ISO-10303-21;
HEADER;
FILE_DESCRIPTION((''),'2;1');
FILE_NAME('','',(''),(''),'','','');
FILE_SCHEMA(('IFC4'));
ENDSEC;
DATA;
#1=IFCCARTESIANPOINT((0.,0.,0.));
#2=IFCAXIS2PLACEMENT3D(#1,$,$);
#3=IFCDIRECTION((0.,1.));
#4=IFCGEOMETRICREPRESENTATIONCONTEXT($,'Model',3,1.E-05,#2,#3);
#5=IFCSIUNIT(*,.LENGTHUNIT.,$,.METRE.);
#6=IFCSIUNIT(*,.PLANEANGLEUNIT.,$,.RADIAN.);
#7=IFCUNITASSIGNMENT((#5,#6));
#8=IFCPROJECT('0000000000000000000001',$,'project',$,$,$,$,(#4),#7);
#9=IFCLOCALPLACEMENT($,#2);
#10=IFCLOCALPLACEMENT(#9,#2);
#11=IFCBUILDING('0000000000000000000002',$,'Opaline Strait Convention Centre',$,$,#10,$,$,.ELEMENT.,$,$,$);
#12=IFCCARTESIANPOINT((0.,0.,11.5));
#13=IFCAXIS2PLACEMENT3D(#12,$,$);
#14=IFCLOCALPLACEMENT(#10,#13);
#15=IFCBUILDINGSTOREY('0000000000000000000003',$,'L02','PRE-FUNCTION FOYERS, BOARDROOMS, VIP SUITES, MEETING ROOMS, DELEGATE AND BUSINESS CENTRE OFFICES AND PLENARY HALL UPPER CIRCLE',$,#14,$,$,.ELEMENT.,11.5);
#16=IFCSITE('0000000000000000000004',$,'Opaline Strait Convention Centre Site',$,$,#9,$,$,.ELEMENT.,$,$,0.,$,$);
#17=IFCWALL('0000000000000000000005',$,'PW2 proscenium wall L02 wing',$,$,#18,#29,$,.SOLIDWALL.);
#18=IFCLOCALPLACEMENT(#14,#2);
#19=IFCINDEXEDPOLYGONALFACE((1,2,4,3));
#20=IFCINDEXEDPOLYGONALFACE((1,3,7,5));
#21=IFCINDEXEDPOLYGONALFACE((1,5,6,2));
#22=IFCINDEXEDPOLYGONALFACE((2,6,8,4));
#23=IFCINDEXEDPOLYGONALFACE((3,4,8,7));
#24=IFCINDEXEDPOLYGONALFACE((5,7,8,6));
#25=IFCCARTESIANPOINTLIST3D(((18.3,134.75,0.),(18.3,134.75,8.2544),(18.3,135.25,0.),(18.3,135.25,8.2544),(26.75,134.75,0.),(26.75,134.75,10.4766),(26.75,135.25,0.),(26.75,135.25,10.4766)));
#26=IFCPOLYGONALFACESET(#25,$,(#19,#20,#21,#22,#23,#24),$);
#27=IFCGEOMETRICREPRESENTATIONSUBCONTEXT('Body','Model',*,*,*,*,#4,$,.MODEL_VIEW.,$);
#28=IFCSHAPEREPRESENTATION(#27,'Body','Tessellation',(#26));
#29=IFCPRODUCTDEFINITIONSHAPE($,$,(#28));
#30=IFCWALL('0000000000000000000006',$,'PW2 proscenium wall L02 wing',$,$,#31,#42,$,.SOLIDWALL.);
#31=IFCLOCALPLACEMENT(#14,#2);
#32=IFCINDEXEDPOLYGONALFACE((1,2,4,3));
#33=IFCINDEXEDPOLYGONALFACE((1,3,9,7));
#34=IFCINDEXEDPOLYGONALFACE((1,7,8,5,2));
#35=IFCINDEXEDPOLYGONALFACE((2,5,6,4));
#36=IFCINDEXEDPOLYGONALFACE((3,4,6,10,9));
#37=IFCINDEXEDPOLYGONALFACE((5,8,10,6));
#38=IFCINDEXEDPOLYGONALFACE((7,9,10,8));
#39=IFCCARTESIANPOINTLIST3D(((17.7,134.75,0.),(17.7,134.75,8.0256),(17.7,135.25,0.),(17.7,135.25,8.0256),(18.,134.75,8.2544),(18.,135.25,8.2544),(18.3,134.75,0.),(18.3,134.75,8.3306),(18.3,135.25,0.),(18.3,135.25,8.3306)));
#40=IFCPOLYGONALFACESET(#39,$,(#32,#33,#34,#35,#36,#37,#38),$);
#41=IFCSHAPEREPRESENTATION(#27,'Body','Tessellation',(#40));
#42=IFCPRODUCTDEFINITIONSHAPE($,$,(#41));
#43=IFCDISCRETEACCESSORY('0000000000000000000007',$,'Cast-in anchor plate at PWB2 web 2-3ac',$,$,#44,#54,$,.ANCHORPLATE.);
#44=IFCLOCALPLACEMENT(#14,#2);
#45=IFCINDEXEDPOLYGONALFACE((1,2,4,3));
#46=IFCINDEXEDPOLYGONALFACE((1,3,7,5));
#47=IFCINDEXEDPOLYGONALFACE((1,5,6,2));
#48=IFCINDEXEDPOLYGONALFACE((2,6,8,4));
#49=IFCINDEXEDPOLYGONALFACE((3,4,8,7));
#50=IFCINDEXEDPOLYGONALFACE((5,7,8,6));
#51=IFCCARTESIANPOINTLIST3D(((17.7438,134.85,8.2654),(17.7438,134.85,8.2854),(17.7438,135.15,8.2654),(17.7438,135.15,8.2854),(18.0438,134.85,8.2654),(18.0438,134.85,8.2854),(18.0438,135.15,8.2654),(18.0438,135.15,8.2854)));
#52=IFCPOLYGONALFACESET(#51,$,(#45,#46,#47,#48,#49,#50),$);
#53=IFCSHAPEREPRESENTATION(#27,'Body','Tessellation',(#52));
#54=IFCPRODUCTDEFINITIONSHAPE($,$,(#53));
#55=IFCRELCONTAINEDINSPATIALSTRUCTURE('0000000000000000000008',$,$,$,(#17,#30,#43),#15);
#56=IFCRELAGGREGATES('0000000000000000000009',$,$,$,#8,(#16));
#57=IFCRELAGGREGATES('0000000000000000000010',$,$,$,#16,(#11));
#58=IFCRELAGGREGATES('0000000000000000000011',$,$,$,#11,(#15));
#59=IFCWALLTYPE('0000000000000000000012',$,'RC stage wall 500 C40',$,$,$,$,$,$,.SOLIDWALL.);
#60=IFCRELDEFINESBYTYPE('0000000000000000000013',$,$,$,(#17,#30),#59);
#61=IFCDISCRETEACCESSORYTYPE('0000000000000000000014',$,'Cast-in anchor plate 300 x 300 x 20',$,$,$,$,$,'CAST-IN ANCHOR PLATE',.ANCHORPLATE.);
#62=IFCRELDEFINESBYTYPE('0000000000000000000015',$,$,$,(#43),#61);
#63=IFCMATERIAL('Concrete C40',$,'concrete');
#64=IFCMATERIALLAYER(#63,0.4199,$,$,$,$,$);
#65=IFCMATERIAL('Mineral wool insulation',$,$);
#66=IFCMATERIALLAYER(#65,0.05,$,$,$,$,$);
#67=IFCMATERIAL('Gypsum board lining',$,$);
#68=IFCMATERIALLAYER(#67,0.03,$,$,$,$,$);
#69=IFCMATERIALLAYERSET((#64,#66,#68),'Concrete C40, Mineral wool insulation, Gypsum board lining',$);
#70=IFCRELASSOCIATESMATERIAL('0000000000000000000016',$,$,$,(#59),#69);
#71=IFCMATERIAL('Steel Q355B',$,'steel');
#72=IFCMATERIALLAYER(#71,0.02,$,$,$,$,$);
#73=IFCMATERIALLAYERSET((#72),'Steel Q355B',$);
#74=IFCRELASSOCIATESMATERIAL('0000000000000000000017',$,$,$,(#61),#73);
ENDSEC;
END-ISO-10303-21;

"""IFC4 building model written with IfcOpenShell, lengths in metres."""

from ifc_helpers import new_model, si_unit, direction, frame, origin, origin_2d, place, context, subcontext, project, spatial, polyline, rectangle, outline, extrude, material, layer, layer_set, type_object, element, save


model = new_model("IFC4")

# Units and contexts
model_context = context("Model", 3, precision=1e-05, world=origin(), true_north=direction((0.0, 1.0)))
body_context = subcontext(model_context, "Body", "Model", "MODEL_VIEW")
ifc_project = project(units=[si_unit("LENGTHUNIT", "METRE"), si_unit("PLANEANGLEUNIT", "RADIAN")], contexts=[model_context])

# Site, building, storey
site_placement = place(None, origin())
site = spatial("IfcSite", under=ifc_project, at=site_placement, Name="Opaline Strait Convention Centre Site", CompositionType="ELEMENT", RefElevation=0.0)
building_placement = place(site_placement, origin())
building = spatial("IfcBuilding", under=site, at=building_placement, Name="Opaline Strait Convention Centre", CompositionType="ELEMENT")
storey_placement = place(building_placement, frame((0.0, 0.0, 11.5)))
storey = spatial("IfcBuildingStorey", under=building, at=storey_placement, Name="L02", Description="PRE-FUNCTION FOYERS, BOARDROOMS, VIP SUITES, MEETING ROOMS, DELEGATE AND BUSINESS CENTRE OFFICES AND PLENARY HALL UPPER CIRCLE", CompositionType="ELEMENT", Elevation=11.5)

# Shared definitions
ifc_material_1 = material(Name="Steel Q355B", Category="steel")

# Walls
ifc_material_2 = material(Name="Concrete C40", Category="concrete")
ifc_layer_1 = layer(ifc_material_2, 0.4199)
ifc_material_3 = material(Name="Mineral wool insulation")
ifc_layer_2 = layer(ifc_material_3, 0.05)
ifc_material_4 = material(Name="Gypsum board lining")
ifc_layer_3 = layer(ifc_material_4, 0.03)
ifc_layer_set_1 = layer_set([ifc_layer_1, ifc_layer_2, ifc_layer_3], Name="Concrete C40, Mineral wool insulation, Gypsum board lining")
wall_type = type_object("IfcWallType", Name="RC stage wall 500 C40", PredefinedType="SOLIDWALL", material=ifc_layer_set_1)
wall_1_placement = place(storey_placement, frame((18.3, 135.0, 0.0), z_axis=(0.0, 0.0, 1.0), x_axis=(1.0, 0.0, 0.0)))
element("IfcWall", 1, at=wall_1_placement, inside=storey, type_object=wall_type, Name="PW2 proscenium wall L02 wing", PredefinedType="SOLIDWALL", context=body_context, shape_type="SweptSolid", body=[
    extrude(outline(polyline([(0.0, 0.0), (8.45, 0.0), (8.45, 10.4766), (0.0, 8.2544), (0.0, 0.0)])), frame((0.0, 0.25, 0.0), z_axis=(0.0, -1.0, 0.0), x_axis=(1.0, 0.0, 0.0)), (0.0, 0.0, 1.0), 0.5),
])
wall_2_placement = place(storey_placement, frame((17.7, 135.0, 0.0), z_axis=(0.0, 0.0, 1.0), x_axis=(1.0, 0.0, 0.0)))
element("IfcWall", 2, at=wall_2_placement, inside=storey, type_object=wall_type, Name="PW2 proscenium wall L02 wing", PredefinedType="SOLIDWALL", context=body_context, shape_type="SweptSolid", body=[
    extrude(outline(polyline([(0.0, 0.0), (0.6001, 0.0), (0.6001, 8.3306), (0.3, 8.2544), (0.0, 8.0256), (0.0, 0.0)])), frame((0.0, 0.25, 0.0), z_axis=(0.0, -1.0, 0.0), x_axis=(1.0, 0.0, 0.0)), (0.0, 0.0, 1.0), 0.5),
])

# Discrete accessory
ifc_layer_4 = layer(ifc_material_1, 0.02)
ifc_layer_set_2 = layer_set([ifc_layer_4], Name="Steel Q355B")
discrete_accessory_type = type_object("IfcDiscreteAccessoryType", Name="Cast-in anchor plate 300 x 300 x 20", ElementType="CAST-IN ANCHOR PLATE", PredefinedType="ANCHORPLATE", material=ifc_layer_set_2)
discrete_accessory_placement = place(storey_placement, frame((17.8938, 135.0, 8.2654), z_axis=(0.0, 0.0, 1.0), x_axis=(1.0, 0.0, 0.0)))
element("IfcDiscreteAccessory", 3, at=discrete_accessory_placement, inside=storey, type_object=discrete_accessory_type, Name="Cast-in anchor plate at PWB2 web 2-3ac", PredefinedType="ANCHORPLATE", context=body_context, shape_type="SweptSolid", body=[
    extrude(rectangle(XDim=0.3, YDim=0.3, at=origin_2d()), origin(), (0.0, 0.0, 1.0), 0.02),
])

save(model, "model.ifc")
